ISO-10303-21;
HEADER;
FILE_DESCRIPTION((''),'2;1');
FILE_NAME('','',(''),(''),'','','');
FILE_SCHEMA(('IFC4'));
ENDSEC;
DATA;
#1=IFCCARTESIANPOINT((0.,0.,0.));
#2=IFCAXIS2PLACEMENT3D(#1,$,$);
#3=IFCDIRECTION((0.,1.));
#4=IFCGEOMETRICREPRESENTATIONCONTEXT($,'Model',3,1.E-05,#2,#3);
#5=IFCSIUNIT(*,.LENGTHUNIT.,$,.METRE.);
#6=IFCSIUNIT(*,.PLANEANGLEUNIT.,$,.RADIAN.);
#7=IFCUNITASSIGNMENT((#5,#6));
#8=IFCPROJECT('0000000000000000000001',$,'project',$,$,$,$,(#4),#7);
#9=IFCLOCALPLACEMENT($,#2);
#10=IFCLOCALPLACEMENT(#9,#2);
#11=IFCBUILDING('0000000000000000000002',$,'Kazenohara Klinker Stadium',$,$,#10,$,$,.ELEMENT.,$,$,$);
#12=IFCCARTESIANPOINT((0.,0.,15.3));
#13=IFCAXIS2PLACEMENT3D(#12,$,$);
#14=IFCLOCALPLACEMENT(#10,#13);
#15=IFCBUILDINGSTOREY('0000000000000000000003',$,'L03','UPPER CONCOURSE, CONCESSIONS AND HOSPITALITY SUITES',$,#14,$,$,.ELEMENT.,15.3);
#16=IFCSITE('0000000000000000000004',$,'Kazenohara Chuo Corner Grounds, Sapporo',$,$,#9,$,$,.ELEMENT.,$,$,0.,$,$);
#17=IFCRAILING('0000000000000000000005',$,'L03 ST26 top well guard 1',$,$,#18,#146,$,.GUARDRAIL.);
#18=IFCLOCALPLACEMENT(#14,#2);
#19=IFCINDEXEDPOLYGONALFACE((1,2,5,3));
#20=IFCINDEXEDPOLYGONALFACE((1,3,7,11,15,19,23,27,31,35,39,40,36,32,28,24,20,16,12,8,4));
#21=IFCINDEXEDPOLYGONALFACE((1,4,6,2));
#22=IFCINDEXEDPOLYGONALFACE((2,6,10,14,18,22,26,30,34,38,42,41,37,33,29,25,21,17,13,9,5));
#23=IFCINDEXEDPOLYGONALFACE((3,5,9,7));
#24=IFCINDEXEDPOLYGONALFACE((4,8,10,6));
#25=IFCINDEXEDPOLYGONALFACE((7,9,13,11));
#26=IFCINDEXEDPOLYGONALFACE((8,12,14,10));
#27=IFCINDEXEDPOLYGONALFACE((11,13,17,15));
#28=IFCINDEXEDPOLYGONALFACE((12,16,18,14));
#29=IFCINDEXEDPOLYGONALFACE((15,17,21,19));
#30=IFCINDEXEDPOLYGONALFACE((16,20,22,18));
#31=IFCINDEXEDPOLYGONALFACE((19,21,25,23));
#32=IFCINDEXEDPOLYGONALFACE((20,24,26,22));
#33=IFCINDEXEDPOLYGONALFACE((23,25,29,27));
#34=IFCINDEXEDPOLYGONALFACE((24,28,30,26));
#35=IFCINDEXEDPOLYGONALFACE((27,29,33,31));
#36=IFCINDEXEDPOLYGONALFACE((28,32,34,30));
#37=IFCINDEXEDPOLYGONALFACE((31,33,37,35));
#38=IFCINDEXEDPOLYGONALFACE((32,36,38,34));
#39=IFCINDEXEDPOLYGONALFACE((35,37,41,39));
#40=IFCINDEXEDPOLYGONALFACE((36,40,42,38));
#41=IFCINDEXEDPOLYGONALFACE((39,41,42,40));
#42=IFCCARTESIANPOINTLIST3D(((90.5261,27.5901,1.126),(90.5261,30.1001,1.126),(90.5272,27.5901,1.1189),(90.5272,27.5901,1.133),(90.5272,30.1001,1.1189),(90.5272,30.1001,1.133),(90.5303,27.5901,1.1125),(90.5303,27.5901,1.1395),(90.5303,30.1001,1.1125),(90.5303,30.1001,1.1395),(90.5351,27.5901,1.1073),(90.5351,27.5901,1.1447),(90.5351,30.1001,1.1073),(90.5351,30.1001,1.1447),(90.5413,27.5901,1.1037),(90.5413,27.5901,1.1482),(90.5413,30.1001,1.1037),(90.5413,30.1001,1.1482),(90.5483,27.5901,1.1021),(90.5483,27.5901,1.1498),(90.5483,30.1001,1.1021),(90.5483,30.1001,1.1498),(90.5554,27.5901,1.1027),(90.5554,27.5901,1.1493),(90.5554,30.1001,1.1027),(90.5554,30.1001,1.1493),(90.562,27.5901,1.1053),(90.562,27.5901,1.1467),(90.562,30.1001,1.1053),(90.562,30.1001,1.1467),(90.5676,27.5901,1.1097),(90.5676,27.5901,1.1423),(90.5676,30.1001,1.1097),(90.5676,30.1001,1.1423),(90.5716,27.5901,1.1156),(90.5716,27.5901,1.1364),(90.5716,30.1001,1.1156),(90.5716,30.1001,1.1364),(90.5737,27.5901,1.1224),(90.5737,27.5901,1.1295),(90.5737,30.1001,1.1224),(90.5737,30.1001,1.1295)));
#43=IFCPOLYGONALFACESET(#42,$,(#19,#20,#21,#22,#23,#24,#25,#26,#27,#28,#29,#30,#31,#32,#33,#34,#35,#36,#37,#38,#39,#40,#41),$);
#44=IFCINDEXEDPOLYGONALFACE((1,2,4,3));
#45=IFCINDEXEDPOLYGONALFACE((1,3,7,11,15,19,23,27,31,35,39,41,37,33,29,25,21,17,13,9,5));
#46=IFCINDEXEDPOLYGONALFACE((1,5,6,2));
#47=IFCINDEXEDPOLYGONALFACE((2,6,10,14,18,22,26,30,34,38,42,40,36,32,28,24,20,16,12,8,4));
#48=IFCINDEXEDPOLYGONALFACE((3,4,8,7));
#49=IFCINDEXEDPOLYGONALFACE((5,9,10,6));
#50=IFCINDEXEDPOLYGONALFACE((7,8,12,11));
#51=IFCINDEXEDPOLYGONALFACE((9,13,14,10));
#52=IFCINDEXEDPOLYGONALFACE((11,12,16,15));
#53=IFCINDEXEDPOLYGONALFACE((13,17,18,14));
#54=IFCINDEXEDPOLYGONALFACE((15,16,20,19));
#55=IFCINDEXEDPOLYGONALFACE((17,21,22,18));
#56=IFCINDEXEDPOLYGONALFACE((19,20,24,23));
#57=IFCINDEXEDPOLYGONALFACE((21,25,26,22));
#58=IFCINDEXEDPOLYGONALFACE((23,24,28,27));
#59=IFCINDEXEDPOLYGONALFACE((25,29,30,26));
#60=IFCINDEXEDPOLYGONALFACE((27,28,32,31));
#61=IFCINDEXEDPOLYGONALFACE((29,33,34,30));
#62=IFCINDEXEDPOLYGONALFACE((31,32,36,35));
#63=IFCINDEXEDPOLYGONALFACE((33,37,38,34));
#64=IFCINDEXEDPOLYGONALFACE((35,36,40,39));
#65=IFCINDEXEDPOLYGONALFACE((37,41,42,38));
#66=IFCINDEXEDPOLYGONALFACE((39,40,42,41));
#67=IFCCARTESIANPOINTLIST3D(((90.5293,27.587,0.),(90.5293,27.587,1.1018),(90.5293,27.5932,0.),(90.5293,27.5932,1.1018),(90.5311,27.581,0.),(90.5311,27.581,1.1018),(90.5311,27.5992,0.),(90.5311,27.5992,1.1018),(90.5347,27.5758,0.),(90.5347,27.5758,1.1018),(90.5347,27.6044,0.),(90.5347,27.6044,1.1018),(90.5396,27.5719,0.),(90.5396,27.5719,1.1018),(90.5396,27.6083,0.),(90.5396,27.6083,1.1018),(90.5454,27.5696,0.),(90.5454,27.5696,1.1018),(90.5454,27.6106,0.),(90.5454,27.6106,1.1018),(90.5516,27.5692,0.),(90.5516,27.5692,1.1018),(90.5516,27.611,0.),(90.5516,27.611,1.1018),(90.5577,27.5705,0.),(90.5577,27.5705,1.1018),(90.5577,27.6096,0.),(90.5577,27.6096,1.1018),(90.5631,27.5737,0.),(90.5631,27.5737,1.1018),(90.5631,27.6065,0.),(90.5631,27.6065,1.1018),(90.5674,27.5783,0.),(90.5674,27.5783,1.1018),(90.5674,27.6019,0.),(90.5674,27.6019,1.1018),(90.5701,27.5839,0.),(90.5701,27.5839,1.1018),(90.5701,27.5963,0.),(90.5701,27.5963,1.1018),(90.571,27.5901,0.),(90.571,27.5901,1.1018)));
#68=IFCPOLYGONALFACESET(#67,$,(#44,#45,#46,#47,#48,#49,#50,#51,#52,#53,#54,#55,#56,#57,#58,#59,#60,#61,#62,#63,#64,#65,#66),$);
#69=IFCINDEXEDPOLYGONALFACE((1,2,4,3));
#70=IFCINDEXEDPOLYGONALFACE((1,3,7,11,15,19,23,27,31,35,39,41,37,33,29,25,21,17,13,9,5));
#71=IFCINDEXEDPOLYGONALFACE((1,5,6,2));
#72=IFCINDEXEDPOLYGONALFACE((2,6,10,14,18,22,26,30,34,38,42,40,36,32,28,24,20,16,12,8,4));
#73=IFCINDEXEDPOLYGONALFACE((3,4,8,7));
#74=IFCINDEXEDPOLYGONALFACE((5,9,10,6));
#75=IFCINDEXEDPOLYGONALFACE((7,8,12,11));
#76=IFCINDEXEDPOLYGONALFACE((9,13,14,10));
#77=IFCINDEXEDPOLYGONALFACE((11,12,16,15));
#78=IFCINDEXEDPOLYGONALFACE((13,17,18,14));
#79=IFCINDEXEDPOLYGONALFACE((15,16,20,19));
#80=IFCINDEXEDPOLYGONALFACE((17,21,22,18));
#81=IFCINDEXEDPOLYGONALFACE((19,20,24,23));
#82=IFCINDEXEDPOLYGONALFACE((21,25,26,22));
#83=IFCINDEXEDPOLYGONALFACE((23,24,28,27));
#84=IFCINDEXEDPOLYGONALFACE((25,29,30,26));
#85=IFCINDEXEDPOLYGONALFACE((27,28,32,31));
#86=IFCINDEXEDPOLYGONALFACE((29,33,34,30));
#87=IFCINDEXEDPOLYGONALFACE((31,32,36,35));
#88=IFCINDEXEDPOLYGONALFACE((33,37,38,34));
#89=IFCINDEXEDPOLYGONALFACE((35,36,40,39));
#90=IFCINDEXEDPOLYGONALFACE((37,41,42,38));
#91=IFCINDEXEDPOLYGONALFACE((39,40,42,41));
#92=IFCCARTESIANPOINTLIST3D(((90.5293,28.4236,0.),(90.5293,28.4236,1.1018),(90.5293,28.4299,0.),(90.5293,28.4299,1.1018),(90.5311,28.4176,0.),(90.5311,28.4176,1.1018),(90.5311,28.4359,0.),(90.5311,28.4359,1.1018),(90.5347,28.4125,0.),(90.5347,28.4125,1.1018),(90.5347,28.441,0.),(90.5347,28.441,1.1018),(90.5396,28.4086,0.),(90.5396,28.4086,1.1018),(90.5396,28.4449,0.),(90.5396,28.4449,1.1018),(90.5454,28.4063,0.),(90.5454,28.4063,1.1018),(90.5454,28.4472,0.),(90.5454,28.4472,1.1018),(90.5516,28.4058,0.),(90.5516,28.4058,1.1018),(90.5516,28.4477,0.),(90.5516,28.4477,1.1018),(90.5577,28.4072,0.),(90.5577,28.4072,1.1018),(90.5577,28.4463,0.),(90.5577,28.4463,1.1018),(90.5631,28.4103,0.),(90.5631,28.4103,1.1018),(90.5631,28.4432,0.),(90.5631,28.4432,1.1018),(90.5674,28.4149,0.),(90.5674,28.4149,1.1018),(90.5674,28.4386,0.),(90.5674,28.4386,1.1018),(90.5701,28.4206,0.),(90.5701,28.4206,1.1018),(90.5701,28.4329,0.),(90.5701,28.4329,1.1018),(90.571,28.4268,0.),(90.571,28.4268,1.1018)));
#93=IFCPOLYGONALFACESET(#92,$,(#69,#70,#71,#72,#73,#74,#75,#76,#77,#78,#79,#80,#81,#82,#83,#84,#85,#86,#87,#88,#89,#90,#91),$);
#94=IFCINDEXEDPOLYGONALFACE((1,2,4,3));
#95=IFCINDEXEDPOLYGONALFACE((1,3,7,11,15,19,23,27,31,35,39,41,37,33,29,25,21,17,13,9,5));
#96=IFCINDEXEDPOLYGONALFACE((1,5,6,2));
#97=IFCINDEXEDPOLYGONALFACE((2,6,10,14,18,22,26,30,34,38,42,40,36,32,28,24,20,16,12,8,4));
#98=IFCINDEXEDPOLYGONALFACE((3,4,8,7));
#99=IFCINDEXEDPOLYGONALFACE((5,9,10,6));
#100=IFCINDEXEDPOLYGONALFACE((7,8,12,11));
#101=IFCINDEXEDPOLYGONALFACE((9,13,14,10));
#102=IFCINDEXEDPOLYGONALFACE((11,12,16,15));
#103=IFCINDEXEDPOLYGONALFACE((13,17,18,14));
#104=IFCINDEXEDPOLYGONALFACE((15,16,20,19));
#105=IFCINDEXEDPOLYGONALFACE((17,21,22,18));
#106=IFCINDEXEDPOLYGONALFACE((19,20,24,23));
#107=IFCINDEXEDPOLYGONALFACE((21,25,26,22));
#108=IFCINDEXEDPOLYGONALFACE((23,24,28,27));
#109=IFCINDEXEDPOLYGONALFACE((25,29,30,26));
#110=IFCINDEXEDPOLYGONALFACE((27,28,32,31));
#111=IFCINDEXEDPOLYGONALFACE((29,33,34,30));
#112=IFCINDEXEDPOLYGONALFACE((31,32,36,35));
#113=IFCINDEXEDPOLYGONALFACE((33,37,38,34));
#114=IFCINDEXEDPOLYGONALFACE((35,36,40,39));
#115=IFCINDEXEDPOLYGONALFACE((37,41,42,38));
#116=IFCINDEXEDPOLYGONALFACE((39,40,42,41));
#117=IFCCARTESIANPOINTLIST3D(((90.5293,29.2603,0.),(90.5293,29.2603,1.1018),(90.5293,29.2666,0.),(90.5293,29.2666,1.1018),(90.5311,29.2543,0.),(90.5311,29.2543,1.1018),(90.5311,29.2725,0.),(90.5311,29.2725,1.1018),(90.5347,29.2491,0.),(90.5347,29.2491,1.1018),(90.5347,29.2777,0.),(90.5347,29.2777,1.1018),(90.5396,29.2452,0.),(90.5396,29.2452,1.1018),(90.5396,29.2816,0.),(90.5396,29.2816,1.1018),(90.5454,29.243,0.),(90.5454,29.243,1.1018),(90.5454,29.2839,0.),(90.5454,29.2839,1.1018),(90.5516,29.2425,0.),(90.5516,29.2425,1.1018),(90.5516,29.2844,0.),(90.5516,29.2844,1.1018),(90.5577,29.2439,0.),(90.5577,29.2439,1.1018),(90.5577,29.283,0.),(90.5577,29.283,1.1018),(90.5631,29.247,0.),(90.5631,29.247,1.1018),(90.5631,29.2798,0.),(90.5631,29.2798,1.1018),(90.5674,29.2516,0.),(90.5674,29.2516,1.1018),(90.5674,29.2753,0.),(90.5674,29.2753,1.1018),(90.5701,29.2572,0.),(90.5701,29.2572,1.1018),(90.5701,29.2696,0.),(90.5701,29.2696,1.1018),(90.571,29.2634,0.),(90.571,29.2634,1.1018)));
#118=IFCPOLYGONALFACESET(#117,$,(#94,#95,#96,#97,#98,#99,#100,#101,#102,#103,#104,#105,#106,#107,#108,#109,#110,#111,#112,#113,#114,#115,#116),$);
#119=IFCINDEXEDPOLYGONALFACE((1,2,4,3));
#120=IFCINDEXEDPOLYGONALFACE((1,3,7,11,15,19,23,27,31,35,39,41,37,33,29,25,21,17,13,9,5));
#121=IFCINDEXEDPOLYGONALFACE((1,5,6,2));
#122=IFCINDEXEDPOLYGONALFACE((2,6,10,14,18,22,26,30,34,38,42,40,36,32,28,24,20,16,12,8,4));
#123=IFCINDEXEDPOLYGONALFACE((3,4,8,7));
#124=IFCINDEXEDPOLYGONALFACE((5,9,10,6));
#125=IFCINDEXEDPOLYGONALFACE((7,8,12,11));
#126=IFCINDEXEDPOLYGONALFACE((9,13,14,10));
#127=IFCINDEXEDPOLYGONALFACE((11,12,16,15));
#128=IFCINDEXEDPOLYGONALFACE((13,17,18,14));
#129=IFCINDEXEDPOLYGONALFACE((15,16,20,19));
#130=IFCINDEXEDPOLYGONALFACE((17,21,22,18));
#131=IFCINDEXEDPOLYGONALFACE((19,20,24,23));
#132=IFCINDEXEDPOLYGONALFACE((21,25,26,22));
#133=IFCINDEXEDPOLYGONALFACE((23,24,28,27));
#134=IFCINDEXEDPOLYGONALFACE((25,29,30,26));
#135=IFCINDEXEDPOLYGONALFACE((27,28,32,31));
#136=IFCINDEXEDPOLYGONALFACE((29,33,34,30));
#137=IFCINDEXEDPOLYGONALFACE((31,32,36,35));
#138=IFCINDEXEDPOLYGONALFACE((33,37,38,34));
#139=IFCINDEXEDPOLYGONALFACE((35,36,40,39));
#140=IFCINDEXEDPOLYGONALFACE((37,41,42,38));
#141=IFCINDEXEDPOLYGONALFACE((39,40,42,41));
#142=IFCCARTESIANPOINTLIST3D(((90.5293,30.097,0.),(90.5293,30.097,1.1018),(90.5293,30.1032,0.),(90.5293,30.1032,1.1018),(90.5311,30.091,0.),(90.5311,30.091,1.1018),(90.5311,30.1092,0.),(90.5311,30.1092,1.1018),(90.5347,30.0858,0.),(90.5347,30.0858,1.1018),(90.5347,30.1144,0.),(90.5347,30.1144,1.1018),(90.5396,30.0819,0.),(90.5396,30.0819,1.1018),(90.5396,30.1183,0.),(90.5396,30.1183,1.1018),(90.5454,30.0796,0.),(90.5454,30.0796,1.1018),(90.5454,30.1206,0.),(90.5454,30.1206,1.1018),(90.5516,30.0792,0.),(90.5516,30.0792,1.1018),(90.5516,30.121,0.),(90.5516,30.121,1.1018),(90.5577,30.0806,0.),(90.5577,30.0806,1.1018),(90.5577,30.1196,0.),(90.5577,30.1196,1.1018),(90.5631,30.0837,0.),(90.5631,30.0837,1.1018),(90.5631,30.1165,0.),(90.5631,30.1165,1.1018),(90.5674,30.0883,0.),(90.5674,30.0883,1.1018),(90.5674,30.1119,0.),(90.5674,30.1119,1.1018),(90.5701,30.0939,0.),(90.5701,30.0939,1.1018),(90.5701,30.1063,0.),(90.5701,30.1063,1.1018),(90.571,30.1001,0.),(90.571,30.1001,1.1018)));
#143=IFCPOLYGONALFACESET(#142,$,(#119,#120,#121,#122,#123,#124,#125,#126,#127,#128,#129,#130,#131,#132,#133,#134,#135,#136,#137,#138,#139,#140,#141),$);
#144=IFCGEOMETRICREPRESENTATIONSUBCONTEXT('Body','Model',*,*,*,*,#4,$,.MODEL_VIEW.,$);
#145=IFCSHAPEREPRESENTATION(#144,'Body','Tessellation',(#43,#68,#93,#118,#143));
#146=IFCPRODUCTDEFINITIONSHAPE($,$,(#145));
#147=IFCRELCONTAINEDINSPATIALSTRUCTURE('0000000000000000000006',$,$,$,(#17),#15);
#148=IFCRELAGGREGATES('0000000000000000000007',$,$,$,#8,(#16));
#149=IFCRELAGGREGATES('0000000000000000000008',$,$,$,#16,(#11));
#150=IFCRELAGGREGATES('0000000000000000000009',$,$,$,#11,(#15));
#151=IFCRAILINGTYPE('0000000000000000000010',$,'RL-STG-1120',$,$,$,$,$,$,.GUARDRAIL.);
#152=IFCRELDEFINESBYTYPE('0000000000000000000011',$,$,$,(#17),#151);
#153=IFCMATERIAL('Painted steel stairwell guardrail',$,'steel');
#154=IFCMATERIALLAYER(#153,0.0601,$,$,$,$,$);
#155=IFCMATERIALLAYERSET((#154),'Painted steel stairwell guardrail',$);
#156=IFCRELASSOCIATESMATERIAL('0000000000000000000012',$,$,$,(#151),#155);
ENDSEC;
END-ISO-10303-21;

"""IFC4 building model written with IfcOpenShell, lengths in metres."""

from ifc_helpers import new_model, si_unit, direction, frame, origin, origin_2d, place, context, subcontext, project, spatial, circle, extrude, material, layer, layer_set, type_object, element, save


model = new_model("IFC4")

# Units and contexts
model_context = context("Model", 3, precision=1e-05, world=origin(), true_north=direction((0.0, 1.0)))
body_context = subcontext(model_context, "Body", "Model", "MODEL_VIEW")
ifc_project = project(units=[si_unit("LENGTHUNIT", "METRE"), si_unit("PLANEANGLEUNIT", "RADIAN")], contexts=[model_context])

# Site, building, storey
site_placement = place(None, origin())
site = spatial("IfcSite", under=ifc_project, at=site_placement, Name="Kazenohara Chuo Corner Grounds, Sapporo", CompositionType="ELEMENT", RefElevation=0.0)
building_placement = place(site_placement, origin())
building = spatial("IfcBuilding", under=site, at=building_placement, Name="Kazenohara Klinker Stadium", CompositionType="ELEMENT")
storey_placement = place(building_placement, frame((0.0, 0.0, 15.3)))
storey = spatial("IfcBuildingStorey", under=building, at=storey_placement, Name="L03", Description="UPPER CONCOURSE, CONCESSIONS AND HOSPITALITY SUITES", CompositionType="ELEMENT", Elevation=15.3)

# Railing
ifc_material_1 = material(Name="Painted steel stairwell guardrail", Category="steel")
ifc_layer_1 = layer(ifc_material_1, 0.0601)
ifc_layer_set_1 = layer_set([ifc_layer_1], Name="Painted steel stairwell guardrail")
railing_type = type_object("IfcRailingType", Name="RL-STG-1120", PredefinedType="GUARDRAIL", material=ifc_layer_set_1)
railing_placement = place(storey_placement, frame((90.55, 27.5901, 0.0)))
element("IfcRailing", 1, at=railing_placement, inside=storey, type_object=railing_type, Name="L03 ST26 top well guard 1", PredefinedType="GUARDRAIL", context=body_context, shape_type="SweptSolid", body=[
    extrude(circle(Radius=0.0239, at=origin_2d()), frame((0.0, 0.0, 1.126), z_axis=(0.0, 1.0, 0.0), x_axis=(-1.0, 0.0, 0.0)), (0.0, 0.0, 1.0), 2.51),
    extrude(circle(Radius=0.021, at=origin_2d()), origin(), (0.0, 0.0, 1.0), 1.1018),
    extrude(circle(Radius=0.021, at=origin_2d()), frame((0.0, 0.8367, 0.0)), (0.0, 0.0, 1.0), 1.1018),
    extrude(circle(Radius=0.021, at=origin_2d()), frame((0.0, 1.6733, 0.0)), (0.0, 0.0, 1.0), 1.1018),
    extrude(circle(Radius=0.021, at=origin_2d()), frame((0.0, 2.51, 0.0)), (0.0, 0.0, 1.0), 1.1018),
])

save(model, "model.ifc")
